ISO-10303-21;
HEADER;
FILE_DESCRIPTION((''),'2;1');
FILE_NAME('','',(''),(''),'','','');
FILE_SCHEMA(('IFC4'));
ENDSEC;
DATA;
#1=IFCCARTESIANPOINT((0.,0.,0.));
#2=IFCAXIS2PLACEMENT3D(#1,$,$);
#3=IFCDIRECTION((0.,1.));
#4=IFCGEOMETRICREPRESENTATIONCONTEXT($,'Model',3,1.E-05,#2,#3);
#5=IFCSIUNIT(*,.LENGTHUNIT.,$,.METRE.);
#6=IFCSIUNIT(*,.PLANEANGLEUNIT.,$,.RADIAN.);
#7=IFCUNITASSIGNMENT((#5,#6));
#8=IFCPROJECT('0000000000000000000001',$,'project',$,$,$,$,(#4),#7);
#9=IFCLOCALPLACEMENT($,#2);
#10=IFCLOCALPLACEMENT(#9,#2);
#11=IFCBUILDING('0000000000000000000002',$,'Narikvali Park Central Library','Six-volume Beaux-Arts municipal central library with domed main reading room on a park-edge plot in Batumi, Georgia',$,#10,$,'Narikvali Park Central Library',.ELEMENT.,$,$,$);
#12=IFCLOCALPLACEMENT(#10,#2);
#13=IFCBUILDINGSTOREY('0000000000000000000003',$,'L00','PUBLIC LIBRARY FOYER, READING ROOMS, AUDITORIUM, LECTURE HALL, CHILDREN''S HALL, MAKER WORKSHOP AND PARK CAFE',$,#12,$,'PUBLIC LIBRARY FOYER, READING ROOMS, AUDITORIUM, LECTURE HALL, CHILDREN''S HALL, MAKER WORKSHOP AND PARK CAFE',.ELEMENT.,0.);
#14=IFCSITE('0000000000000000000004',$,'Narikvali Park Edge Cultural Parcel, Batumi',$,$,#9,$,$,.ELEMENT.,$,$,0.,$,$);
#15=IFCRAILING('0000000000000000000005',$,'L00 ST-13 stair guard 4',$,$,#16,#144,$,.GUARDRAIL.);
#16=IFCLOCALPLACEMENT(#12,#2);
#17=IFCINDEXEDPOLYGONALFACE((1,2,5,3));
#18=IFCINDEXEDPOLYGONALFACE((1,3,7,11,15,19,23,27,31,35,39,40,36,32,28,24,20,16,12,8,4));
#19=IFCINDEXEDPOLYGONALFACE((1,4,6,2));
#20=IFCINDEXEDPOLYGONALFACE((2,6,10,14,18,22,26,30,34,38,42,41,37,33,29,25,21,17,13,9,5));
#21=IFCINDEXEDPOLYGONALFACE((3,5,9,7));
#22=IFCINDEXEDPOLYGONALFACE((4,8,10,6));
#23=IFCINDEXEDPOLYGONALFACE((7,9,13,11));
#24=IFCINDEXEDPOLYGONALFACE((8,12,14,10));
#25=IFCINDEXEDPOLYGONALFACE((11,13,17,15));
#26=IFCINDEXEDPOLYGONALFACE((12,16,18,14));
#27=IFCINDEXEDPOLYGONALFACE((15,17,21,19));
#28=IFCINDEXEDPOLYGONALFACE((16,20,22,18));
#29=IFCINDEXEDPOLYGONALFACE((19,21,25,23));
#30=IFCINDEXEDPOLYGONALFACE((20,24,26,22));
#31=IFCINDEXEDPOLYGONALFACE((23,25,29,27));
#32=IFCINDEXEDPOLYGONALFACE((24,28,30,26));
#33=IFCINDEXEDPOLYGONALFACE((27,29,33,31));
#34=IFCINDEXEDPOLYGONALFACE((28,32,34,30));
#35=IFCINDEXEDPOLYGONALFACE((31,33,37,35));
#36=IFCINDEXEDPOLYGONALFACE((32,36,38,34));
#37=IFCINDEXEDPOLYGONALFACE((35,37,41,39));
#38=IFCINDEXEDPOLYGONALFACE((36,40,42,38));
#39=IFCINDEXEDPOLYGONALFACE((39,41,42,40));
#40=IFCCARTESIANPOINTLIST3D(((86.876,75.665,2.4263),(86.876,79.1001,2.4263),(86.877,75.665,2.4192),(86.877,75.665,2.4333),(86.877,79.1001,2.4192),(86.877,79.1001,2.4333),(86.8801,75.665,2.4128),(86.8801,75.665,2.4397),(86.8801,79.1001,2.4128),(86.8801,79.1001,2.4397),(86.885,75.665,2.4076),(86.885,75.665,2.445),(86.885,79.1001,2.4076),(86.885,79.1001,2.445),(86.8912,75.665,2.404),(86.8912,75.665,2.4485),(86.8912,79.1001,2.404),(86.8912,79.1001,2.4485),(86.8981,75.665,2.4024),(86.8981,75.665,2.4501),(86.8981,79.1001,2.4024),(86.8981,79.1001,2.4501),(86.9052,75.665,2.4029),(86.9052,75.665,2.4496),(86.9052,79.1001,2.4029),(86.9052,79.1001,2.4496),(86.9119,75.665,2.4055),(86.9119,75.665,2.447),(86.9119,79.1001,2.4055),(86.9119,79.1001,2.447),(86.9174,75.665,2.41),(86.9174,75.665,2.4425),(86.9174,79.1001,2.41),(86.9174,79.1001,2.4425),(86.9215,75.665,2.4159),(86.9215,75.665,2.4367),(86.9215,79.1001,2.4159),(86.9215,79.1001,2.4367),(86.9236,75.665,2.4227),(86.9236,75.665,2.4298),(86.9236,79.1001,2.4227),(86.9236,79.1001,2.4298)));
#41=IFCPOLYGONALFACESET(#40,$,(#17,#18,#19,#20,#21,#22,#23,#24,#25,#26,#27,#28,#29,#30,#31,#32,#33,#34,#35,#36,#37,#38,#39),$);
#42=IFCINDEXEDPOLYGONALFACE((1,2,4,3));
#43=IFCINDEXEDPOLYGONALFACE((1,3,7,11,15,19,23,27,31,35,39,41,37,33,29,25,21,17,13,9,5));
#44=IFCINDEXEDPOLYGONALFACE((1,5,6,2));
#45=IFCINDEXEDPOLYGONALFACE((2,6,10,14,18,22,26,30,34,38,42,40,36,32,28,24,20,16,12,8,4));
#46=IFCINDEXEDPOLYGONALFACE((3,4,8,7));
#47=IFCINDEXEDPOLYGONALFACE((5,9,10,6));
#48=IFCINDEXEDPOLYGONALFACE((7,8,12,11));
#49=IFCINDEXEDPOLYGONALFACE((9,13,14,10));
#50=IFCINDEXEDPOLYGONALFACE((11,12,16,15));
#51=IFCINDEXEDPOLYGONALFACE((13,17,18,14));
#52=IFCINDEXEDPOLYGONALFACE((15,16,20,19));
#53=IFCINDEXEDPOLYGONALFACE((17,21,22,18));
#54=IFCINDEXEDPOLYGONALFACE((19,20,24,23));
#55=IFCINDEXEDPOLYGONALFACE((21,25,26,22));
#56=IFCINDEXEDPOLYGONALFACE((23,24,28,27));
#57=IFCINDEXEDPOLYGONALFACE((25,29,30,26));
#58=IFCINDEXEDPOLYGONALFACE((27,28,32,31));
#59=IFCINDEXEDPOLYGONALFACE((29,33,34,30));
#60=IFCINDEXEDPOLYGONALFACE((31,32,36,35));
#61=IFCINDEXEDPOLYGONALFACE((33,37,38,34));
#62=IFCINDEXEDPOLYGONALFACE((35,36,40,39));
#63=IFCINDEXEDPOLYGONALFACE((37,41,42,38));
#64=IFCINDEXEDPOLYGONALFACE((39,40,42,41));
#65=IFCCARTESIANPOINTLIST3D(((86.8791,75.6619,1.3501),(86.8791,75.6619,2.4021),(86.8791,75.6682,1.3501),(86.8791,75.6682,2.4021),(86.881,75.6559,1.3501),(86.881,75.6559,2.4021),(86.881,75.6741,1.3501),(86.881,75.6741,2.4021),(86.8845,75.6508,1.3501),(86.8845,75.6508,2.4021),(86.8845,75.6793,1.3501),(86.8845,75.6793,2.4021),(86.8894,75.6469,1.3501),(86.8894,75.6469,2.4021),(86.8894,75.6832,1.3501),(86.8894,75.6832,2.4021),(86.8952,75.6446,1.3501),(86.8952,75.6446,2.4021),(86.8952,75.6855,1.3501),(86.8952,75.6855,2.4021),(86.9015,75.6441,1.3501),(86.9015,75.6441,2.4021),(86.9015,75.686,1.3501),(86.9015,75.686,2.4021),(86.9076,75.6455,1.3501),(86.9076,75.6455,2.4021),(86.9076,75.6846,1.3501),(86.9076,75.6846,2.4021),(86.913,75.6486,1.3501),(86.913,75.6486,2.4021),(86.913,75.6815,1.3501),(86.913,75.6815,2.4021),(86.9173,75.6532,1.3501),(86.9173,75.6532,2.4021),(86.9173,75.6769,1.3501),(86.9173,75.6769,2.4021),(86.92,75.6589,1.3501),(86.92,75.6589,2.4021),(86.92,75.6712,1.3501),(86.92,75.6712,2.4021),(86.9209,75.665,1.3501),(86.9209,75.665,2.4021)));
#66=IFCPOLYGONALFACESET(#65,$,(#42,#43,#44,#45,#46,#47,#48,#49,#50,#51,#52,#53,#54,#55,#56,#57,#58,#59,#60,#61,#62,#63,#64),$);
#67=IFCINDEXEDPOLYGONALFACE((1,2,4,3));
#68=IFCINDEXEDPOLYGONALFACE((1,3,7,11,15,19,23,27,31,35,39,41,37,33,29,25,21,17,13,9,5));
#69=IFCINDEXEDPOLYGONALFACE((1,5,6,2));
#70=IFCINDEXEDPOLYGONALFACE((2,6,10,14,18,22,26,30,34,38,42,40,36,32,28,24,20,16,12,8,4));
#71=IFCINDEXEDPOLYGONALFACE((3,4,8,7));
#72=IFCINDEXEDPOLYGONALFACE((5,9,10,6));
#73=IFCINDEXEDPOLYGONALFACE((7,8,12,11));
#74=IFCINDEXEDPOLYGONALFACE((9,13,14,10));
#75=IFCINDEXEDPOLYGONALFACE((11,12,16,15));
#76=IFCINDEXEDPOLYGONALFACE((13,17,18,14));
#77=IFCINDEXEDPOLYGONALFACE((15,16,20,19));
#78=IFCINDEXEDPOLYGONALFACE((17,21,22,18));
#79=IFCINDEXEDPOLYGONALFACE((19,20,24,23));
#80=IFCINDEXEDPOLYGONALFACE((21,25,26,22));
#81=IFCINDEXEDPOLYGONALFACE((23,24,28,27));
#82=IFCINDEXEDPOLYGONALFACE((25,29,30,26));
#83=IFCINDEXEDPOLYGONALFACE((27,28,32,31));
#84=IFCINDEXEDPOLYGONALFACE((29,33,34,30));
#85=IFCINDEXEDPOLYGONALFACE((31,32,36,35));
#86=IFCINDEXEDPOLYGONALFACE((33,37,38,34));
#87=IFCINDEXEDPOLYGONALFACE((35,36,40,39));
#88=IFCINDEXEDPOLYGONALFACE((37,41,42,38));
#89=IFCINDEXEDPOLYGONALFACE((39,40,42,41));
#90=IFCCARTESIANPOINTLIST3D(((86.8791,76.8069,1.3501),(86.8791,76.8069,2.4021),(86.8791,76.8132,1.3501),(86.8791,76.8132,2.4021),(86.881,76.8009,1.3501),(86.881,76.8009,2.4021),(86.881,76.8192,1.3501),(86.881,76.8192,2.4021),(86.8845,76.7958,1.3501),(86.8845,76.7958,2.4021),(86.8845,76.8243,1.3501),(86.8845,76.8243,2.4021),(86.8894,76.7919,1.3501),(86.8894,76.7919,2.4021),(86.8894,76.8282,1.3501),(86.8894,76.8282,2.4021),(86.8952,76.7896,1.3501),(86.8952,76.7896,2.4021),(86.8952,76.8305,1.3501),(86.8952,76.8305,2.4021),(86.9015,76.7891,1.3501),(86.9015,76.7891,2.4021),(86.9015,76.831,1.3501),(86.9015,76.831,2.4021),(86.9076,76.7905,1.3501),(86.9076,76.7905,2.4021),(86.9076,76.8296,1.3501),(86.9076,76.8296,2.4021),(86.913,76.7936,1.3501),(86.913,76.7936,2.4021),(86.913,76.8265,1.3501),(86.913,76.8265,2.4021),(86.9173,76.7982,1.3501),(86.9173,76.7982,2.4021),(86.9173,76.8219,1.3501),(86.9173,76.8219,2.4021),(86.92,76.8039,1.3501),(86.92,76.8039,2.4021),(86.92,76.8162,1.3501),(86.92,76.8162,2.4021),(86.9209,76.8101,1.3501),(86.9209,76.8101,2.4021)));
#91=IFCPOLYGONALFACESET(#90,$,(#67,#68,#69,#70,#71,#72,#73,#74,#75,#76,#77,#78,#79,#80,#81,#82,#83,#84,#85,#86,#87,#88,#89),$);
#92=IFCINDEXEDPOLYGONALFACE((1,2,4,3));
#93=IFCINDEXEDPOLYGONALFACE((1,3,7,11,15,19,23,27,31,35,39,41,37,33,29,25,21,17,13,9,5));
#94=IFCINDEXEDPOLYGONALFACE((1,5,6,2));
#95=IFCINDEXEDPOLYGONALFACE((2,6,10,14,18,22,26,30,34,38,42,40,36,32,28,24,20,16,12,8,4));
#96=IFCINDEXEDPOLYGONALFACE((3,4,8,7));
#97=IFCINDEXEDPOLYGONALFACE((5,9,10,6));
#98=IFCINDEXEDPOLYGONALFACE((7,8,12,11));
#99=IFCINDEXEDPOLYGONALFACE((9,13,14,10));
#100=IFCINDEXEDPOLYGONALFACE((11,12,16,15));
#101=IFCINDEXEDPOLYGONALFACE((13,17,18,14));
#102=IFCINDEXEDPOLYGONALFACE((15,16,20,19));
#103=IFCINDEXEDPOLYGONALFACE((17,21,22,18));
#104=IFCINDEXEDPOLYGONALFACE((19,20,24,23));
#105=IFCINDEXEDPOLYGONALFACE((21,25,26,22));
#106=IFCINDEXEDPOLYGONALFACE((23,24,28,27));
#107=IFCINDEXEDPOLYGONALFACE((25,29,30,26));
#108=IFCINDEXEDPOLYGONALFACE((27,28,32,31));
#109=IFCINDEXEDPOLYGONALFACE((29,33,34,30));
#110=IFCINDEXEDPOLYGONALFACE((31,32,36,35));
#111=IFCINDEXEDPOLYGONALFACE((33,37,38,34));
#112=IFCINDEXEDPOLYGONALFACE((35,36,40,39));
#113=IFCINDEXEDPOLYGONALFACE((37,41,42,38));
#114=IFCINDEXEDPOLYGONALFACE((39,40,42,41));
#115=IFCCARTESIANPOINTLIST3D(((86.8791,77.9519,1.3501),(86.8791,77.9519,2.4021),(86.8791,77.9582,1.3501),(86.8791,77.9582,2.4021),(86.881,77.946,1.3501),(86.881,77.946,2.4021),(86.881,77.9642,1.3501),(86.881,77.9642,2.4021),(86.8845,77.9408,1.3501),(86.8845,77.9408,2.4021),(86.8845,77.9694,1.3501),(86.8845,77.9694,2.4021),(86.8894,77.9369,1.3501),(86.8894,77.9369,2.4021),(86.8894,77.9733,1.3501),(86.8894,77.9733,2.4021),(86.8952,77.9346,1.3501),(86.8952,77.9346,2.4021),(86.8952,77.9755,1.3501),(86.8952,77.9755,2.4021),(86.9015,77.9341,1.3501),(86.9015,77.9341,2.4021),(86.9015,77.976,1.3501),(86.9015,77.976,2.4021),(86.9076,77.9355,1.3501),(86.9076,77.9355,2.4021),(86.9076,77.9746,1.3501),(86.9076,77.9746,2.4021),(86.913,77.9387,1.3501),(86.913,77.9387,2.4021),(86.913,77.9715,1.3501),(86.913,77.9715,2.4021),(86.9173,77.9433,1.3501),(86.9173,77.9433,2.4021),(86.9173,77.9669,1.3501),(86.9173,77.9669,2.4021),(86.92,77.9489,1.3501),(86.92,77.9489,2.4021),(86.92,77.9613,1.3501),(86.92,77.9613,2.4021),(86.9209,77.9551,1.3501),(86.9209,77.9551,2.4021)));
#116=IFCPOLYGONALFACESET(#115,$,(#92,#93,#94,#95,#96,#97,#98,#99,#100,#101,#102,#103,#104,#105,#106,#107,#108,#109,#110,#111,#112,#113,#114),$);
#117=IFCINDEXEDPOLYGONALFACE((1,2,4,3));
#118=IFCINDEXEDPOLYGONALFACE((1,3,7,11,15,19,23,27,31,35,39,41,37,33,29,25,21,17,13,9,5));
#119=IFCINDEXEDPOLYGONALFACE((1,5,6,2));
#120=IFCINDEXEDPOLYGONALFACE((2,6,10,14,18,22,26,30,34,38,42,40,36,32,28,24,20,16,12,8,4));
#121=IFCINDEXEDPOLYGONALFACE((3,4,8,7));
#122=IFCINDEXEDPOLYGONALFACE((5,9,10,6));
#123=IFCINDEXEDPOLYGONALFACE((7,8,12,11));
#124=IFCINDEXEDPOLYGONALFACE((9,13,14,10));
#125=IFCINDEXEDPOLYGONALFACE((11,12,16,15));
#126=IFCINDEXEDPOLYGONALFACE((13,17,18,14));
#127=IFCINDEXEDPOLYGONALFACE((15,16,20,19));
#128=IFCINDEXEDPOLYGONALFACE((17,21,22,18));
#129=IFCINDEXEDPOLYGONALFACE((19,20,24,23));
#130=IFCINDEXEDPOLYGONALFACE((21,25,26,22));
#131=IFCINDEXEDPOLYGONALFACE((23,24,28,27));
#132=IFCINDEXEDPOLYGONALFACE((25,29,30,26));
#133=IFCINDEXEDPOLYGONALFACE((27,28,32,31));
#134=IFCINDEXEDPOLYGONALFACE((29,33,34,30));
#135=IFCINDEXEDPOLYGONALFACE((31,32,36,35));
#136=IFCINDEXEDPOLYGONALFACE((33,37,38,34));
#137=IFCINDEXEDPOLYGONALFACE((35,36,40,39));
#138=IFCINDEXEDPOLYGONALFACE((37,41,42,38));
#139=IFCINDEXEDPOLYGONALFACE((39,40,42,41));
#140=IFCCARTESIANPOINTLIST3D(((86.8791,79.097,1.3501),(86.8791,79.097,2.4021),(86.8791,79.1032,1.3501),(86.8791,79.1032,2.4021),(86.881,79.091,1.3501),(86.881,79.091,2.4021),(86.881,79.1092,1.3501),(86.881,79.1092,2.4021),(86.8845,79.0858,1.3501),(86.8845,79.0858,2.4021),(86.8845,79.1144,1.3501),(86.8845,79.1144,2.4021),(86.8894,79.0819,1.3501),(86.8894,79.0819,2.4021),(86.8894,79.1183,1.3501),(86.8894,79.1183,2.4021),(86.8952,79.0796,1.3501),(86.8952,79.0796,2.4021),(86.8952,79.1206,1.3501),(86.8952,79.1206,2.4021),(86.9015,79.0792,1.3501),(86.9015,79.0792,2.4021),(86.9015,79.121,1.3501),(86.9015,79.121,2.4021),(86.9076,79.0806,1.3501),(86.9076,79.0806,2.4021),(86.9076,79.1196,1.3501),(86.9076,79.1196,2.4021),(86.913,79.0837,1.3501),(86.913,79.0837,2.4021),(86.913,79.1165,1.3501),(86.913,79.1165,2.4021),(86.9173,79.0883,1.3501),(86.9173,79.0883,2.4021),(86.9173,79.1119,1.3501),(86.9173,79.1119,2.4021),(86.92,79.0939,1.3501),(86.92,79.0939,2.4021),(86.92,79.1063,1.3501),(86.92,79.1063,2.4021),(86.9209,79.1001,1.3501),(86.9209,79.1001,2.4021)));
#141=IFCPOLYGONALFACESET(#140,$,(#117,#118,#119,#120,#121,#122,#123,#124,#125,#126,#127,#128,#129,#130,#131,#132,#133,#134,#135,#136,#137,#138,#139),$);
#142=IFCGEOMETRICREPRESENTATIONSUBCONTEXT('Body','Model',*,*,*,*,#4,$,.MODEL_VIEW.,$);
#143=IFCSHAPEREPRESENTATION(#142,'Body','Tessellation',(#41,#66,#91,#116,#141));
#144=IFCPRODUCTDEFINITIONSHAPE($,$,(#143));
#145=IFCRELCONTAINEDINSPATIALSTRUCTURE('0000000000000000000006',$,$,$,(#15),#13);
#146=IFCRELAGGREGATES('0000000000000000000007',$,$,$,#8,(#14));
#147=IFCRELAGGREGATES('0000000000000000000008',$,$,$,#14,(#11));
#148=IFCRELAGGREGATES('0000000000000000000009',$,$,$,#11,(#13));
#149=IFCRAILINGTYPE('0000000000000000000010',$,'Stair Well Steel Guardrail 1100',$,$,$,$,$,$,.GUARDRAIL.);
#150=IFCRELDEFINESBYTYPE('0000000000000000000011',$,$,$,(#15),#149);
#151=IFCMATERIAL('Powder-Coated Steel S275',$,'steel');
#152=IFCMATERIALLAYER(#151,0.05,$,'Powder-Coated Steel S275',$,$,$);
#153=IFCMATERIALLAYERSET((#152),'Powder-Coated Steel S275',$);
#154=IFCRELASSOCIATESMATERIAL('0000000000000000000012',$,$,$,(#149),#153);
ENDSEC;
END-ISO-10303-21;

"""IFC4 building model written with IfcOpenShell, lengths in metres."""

from ifc_helpers import new_model, si_unit, direction, frame, origin, origin_2d, place, context, subcontext, project, spatial, circle, extrude, material, layer, layer_set, type_object, element, save


model = new_model("IFC4")

# Units and contexts
model_context = context("Model", 3, precision=1e-05, world=origin(), true_north=direction((0.0, 1.0)))
body_context = subcontext(model_context, "Body", "Model", "MODEL_VIEW")
ifc_project = project(units=[si_unit("LENGTHUNIT", "METRE"), si_unit("PLANEANGLEUNIT", "RADIAN")], contexts=[model_context])

# Site, building, storey
site_placement = place(None, origin())
site = spatial("IfcSite", under=ifc_project, at=site_placement, Name="Narikvali Park Edge Cultural Parcel, Batumi", CompositionType="ELEMENT", RefElevation=0.0)
building_placement = place(site_placement, origin())
building = spatial("IfcBuilding", under=site, at=building_placement, Name="Narikvali Park Central Library", Description="Six-volume Beaux-Arts municipal central library with domed main reading room on a park-edge plot in Batumi, Georgia", LongName="Narikvali Park Central Library", CompositionType="ELEMENT")
storey_placement = place(building_placement, origin())
storey = spatial("IfcBuildingStorey", under=building, at=storey_placement, Name="L00", Description="PUBLIC LIBRARY FOYER, READING ROOMS, AUDITORIUM, LECTURE HALL, CHILDREN'S HALL, MAKER WORKSHOP AND PARK CAFE", LongName="PUBLIC LIBRARY FOYER, READING ROOMS, AUDITORIUM, LECTURE HALL, CHILDREN'S HALL, MAKER WORKSHOP AND PARK CAFE", CompositionType="ELEMENT", Elevation=0.0)

# Railing
ifc_material_1 = material(Name="Powder-Coated Steel S275", Category="steel")
ifc_layer_1 = layer(ifc_material_1, 0.05, Name="Powder-Coated Steel S275")
ifc_layer_set_1 = layer_set([ifc_layer_1], Name="Powder-Coated Steel S275")
railing_type_1 = type_object("IfcRailingType", Name="Stair Well Steel Guardrail 1100", PredefinedType="GUARDRAIL", material=ifc_layer_set_1)
railing_1_placement = place(storey_placement, frame((86.8999, 75.665, 1.3501)))
element("IfcRailing", 1, at=railing_1_placement, inside=storey, type_object=railing_type_1, Name="L00 ST-13 stair guard 4", PredefinedType="GUARDRAIL", context=body_context, shape_type="SweptSolid", body=[
    extrude(circle(Radius=0.0239, at=origin_2d()), frame((0.0, 0.0, 1.0762), z_axis=(0.0, 1.0, 0.0), x_axis=(-1.0, 0.0, 0.0)), (0.0, 0.0, 1.0), 3.4351),
    extrude(circle(Radius=0.021, at=origin_2d()), origin(), (0.0, 0.0, 1.0), 1.052),
    extrude(circle(Radius=0.021, at=origin_2d()), frame((0.0, 1.145, 0.0)), (0.0, 0.0, 1.0), 1.052),
    extrude(circle(Radius=0.021, at=origin_2d()), frame((0.0, 2.29, 0.0)), (0.0, 0.0, 1.0), 1.052),
    extrude(circle(Radius=0.021, at=origin_2d()), frame((0.0, 3.4351, 0.0)), (0.0, 0.0, 1.0), 1.052),
])

save(model, "model.ifc")
